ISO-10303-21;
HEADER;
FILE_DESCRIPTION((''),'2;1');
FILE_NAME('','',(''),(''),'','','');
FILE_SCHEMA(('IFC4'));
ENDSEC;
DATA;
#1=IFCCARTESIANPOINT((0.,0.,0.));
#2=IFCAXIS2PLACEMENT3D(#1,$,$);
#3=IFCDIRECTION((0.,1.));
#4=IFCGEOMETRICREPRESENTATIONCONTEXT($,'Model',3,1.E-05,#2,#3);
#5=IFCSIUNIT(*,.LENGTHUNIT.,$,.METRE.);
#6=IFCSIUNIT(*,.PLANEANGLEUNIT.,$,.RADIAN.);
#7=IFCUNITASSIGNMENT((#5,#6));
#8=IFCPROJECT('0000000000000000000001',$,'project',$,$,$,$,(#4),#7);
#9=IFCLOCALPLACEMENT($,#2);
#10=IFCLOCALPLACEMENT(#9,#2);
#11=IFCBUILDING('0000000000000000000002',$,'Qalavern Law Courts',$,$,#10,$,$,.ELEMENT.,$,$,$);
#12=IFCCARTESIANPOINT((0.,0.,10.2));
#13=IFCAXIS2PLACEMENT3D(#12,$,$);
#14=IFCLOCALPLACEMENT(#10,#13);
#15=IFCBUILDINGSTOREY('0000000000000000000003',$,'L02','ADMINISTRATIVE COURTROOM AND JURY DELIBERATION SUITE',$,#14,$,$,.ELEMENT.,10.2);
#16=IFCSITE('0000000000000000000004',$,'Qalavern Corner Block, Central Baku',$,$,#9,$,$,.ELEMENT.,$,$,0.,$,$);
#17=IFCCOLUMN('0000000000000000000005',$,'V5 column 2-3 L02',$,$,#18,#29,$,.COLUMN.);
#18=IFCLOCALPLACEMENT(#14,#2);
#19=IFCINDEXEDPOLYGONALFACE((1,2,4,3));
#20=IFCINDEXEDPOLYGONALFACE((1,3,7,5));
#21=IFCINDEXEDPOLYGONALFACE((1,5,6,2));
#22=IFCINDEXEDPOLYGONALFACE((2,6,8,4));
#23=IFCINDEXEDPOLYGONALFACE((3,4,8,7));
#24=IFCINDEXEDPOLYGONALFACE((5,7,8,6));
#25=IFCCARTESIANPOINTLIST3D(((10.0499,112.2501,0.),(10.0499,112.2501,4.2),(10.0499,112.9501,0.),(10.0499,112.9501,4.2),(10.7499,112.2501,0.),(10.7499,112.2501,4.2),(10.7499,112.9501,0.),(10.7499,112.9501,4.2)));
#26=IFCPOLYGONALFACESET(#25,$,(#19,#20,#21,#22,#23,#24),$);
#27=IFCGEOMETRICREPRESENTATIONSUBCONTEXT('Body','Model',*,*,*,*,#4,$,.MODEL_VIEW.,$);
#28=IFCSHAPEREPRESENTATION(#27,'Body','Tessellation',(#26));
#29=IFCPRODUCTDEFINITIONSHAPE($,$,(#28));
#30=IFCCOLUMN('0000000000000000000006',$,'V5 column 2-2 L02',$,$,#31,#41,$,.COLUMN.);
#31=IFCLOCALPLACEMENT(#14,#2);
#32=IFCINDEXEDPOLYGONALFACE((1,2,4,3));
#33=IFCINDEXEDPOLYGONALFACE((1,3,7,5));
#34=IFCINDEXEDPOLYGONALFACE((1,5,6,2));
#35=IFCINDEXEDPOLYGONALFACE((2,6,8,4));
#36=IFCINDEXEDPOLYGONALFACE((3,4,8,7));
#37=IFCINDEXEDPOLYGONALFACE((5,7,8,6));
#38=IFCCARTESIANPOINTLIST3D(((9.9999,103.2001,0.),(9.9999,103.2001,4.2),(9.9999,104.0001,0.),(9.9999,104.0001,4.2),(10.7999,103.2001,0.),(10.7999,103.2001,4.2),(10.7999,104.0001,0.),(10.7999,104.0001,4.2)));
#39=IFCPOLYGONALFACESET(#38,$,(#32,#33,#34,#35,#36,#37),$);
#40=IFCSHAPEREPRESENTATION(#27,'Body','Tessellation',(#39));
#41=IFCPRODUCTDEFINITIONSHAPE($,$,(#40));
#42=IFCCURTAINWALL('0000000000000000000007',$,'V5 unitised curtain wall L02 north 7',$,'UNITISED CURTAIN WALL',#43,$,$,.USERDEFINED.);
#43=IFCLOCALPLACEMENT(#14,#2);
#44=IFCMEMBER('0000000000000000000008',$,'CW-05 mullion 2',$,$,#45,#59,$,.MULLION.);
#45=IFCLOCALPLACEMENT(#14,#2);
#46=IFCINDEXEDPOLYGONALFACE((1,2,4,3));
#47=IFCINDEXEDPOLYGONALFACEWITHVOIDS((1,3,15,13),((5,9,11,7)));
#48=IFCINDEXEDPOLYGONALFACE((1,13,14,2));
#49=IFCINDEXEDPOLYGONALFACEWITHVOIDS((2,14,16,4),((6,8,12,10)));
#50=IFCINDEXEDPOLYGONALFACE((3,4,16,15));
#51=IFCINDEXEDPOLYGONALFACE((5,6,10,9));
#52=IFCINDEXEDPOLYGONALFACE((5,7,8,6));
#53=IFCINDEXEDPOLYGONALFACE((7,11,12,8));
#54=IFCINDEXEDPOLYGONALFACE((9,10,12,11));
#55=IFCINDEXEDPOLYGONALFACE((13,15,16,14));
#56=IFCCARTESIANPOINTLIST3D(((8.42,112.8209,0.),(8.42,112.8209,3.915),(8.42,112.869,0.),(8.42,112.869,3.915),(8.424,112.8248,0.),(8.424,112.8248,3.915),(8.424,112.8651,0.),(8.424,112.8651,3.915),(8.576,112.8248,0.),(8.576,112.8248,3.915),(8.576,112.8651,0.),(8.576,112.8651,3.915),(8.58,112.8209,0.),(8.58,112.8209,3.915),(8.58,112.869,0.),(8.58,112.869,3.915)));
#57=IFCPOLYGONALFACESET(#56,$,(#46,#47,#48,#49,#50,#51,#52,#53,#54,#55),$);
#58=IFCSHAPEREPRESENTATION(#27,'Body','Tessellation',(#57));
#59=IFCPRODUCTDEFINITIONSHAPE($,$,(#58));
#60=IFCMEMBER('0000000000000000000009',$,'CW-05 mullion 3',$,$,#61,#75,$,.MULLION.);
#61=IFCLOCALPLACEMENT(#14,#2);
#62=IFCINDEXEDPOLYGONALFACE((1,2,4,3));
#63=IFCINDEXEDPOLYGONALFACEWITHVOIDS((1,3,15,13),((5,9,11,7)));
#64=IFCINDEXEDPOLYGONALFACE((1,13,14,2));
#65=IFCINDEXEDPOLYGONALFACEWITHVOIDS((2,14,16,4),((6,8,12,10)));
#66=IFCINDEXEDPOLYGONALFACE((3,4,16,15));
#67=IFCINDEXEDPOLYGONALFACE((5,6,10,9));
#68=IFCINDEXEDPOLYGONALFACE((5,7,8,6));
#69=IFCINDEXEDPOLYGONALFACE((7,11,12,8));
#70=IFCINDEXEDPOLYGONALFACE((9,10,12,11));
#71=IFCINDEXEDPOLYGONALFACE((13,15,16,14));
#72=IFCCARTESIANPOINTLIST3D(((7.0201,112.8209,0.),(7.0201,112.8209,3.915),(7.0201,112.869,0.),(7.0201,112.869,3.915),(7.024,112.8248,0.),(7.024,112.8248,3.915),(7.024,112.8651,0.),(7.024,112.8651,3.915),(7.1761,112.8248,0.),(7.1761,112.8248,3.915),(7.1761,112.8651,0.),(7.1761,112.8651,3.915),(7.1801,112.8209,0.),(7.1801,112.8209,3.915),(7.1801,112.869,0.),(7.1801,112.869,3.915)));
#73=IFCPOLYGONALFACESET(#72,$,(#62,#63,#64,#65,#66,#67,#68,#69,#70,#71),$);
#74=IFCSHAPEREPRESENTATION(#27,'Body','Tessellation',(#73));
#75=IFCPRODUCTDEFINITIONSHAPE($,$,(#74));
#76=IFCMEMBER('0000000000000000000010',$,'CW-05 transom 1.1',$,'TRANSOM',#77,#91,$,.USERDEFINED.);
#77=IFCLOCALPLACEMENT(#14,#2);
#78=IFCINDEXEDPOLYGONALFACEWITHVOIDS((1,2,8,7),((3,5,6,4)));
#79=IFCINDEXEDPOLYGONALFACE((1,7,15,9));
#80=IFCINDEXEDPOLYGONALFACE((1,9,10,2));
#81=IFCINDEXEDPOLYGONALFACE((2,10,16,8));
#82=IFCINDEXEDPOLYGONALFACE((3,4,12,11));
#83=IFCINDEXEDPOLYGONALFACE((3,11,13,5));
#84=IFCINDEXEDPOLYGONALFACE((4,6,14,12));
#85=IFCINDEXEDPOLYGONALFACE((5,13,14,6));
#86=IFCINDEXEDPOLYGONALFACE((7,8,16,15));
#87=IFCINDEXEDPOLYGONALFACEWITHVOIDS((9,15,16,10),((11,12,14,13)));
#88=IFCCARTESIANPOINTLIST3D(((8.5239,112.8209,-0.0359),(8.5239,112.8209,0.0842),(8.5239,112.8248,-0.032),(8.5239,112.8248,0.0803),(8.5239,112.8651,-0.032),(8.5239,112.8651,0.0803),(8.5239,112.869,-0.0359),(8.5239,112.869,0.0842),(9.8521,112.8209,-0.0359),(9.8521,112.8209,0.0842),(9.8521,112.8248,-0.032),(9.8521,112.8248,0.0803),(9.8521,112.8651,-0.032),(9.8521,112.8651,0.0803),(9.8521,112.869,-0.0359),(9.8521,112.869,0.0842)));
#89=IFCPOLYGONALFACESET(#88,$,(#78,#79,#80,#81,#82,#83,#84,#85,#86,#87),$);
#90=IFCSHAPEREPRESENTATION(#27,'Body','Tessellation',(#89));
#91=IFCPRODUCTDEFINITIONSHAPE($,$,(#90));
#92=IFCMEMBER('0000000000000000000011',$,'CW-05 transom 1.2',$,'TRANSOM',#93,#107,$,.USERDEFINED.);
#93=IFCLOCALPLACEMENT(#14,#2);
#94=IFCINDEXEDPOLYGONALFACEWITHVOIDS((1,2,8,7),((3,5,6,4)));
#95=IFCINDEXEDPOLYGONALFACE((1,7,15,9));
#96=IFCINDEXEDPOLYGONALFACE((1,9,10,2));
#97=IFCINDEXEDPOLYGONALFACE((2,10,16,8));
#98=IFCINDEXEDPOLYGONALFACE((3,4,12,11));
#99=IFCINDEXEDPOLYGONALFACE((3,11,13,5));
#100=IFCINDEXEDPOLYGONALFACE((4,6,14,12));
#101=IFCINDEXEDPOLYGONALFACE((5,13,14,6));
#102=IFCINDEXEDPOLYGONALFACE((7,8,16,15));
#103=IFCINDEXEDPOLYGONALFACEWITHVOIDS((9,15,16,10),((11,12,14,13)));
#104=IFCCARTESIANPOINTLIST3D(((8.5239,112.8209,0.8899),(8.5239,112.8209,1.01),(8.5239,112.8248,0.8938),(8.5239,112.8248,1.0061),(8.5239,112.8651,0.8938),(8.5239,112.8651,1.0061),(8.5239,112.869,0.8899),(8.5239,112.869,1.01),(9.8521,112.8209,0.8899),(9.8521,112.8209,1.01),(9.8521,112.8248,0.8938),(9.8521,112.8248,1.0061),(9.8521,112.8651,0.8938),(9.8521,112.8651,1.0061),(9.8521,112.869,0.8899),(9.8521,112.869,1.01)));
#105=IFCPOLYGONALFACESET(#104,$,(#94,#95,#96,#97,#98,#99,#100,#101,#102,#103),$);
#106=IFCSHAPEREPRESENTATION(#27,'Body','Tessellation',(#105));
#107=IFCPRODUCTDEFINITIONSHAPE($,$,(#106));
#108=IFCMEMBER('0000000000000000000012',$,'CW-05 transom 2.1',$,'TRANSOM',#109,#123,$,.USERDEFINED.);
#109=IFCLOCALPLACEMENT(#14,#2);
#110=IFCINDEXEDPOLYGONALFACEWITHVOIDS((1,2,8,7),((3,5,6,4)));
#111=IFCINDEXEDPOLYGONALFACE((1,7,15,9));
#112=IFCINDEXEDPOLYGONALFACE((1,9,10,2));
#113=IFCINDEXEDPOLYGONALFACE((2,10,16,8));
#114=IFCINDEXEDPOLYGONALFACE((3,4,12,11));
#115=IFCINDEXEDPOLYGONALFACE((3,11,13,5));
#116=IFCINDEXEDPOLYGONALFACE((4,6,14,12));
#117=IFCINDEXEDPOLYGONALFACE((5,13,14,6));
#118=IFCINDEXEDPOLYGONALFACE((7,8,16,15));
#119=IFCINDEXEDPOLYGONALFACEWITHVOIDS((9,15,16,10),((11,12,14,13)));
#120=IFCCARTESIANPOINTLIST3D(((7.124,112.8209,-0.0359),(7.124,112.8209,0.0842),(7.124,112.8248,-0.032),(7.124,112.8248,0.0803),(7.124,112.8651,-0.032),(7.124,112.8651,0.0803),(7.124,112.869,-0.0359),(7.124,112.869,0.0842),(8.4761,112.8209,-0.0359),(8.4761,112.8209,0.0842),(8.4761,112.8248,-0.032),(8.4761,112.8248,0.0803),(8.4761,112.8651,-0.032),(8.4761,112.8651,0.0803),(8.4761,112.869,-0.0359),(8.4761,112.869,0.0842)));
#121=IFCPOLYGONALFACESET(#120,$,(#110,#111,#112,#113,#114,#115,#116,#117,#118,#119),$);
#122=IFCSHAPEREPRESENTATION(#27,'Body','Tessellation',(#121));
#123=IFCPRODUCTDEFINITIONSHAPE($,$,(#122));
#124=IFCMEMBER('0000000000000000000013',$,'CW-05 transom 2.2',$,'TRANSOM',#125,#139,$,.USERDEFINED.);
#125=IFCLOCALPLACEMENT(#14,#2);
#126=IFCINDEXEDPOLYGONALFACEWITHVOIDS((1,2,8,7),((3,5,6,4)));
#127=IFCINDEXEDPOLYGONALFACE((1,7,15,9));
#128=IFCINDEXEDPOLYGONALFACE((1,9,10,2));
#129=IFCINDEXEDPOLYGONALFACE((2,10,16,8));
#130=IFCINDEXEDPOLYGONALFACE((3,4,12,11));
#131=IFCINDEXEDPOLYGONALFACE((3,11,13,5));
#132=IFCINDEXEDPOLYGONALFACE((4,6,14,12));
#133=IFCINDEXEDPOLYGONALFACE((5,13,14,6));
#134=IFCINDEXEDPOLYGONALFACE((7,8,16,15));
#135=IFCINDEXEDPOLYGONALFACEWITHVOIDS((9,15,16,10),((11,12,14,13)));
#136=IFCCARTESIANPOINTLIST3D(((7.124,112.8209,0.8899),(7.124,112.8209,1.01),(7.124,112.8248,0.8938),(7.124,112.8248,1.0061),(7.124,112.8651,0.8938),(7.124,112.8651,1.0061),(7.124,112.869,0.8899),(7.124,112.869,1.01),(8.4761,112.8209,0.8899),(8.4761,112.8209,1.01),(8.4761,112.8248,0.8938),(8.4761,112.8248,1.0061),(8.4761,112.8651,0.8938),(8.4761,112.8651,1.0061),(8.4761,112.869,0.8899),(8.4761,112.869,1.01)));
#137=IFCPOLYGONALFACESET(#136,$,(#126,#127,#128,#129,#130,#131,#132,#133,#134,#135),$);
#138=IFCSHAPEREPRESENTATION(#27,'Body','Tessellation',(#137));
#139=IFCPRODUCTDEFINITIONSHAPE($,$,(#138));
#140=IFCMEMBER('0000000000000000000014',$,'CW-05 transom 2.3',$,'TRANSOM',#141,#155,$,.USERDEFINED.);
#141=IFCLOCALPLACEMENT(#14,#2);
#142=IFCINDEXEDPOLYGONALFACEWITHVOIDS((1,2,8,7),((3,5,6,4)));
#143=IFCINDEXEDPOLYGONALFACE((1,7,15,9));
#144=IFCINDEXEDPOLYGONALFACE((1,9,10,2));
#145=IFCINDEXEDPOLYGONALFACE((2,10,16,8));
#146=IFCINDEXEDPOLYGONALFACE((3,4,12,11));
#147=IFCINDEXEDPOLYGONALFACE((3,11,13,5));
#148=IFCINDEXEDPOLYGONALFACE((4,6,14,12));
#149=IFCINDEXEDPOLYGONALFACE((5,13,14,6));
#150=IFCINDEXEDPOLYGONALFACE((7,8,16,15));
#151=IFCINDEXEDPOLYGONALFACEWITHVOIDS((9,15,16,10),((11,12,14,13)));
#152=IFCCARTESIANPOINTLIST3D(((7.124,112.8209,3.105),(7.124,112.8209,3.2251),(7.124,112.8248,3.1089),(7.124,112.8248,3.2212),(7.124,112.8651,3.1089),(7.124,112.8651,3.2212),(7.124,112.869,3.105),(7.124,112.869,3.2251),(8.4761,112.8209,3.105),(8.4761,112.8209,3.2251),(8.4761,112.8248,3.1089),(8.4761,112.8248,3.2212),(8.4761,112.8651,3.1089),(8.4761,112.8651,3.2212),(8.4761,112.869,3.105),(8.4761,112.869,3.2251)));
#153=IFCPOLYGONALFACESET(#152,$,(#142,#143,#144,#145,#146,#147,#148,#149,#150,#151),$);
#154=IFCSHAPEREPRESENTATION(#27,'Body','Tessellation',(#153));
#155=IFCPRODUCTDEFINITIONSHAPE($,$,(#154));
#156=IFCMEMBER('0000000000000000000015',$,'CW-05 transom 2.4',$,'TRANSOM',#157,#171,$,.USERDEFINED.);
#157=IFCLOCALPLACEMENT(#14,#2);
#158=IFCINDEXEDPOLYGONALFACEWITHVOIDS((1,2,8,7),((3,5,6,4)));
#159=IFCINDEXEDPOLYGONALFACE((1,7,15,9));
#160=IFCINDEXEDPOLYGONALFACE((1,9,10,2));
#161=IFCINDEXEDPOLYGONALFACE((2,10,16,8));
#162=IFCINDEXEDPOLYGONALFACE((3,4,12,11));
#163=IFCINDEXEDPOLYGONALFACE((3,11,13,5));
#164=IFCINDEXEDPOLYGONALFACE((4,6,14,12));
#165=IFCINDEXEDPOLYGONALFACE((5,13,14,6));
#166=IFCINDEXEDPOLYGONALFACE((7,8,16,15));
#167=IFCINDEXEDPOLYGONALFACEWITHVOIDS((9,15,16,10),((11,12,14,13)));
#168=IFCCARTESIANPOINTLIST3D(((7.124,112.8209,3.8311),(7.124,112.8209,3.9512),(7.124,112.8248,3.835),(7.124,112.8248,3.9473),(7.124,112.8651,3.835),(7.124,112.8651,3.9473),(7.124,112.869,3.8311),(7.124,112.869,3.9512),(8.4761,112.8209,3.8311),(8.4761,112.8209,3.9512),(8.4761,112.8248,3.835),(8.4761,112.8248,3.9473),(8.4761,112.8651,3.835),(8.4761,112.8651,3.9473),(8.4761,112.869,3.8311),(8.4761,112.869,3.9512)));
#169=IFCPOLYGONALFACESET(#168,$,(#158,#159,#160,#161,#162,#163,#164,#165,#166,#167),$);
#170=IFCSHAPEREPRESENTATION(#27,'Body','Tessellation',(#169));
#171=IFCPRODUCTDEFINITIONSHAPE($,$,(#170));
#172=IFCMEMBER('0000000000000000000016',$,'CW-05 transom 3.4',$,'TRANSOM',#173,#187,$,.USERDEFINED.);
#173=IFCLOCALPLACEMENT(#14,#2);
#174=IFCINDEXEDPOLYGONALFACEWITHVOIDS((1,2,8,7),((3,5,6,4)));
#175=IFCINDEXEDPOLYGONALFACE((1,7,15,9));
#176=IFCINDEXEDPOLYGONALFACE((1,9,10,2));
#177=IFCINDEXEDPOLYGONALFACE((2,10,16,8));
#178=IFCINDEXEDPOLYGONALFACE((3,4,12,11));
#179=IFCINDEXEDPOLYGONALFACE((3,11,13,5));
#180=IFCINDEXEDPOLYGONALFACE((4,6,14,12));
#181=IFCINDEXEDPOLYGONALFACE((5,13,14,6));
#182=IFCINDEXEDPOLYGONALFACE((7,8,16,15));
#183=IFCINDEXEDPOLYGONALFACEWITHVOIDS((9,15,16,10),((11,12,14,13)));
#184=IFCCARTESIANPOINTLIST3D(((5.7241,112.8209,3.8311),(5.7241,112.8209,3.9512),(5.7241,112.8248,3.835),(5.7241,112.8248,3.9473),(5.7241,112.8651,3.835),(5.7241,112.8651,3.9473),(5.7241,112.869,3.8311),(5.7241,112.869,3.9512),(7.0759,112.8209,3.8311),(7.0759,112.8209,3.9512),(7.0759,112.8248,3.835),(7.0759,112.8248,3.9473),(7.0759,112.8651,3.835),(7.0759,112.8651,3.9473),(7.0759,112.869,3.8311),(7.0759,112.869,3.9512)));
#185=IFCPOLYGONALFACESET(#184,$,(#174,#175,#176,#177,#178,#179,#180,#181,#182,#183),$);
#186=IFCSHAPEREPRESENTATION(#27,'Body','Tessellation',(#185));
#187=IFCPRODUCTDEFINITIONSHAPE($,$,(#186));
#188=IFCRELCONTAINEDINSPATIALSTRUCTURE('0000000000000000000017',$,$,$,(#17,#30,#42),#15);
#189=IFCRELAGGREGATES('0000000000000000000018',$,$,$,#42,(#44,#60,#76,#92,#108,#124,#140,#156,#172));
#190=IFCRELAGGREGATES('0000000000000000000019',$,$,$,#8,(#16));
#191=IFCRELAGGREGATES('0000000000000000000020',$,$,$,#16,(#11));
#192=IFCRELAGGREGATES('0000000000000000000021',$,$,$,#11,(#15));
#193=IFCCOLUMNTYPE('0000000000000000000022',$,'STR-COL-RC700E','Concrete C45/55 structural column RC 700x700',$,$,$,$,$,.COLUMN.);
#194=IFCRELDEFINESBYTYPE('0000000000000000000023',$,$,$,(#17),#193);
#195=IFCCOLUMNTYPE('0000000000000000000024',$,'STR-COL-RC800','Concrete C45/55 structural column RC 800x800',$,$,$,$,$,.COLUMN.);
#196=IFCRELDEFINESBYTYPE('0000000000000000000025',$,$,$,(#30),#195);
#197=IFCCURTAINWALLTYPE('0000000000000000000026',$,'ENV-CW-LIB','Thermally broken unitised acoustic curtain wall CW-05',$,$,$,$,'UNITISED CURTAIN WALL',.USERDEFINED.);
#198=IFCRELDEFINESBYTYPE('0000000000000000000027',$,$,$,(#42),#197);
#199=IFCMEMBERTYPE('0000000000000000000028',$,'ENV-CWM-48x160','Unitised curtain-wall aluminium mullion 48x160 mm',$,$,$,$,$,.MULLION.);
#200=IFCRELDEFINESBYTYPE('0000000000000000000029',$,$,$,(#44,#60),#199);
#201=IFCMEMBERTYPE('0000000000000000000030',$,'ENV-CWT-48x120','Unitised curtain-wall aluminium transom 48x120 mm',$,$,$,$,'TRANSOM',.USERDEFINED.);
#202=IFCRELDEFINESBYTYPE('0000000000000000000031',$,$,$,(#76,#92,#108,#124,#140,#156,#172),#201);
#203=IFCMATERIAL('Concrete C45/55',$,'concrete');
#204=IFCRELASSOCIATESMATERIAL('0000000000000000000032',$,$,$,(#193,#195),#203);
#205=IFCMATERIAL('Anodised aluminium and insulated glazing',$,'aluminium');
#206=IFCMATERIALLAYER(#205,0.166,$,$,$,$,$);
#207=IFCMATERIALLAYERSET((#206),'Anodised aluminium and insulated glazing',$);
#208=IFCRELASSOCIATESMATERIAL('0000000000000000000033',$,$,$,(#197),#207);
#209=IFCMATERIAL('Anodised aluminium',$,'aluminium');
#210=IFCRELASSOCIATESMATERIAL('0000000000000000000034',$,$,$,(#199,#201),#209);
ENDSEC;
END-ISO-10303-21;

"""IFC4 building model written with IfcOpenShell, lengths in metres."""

from ifc_helpers import new_model, si_unit, direction, frame, origin, origin_2d, place, context, subcontext, project, spatial, rectangle, hollow_rectangle, extrude, material, layer, layer_set, material_profile, profile_set, type_object, element, aggregate, save


model = new_model("IFC4")

# Units and contexts
model_context = context("Model", 3, precision=1e-05, world=origin(), true_north=direction((0.0, 1.0)))
body_context = subcontext(model_context, "Body", "Model", "MODEL_VIEW")
ifc_project = project(units=[si_unit("LENGTHUNIT", "METRE"), si_unit("PLANEANGLEUNIT", "RADIAN")], contexts=[model_context])

# Site, building, storey
site_placement = place(None, origin())
site = spatial("IfcSite", under=ifc_project, at=site_placement, Name="Qalavern Corner Block, Central Baku", CompositionType="ELEMENT", RefElevation=0.0)
building_placement = place(site_placement, origin())
building = spatial("IfcBuilding", under=site, at=building_placement, Name="Qalavern Law Courts", CompositionType="ELEMENT")
storey_placement = place(building_placement, frame((0.0, 0.0, 10.2)))
storey = spatial("IfcBuildingStorey", under=building, at=storey_placement, Name="L02", Description="ADMINISTRATIVE COURTROOM AND JURY DELIBERATION SUITE", CompositionType="ELEMENT", Elevation=10.2)

# Columns
ifc_material_1 = material(Name="Concrete C45/55", Category="concrete")
ifc_material_profile_1 = material_profile(ifc_material_1, rectangle(XDim=0.7, YDim=0.7, at=origin_2d()), Name="RC 700x700")
ifc_profile_set_1 = profile_set([ifc_material_profile_1], Name="Concrete C45/55")
column_type_1 = type_object("IfcColumnType", Name="STR-COL-RC700E", Description="Concrete C45/55 structural column RC 700x700", PredefinedType="COLUMN", material=ifc_profile_set_1)
column_1_placement = place(storey_placement, frame((10.3999, 112.6001, 0.0), z_axis=(0.0, 0.0, 1.0), x_axis=(1.0, 0.0, 0.0)))
element("IfcColumn", 1, at=column_1_placement, inside=storey, type_object=column_type_1, Name="V5 column 2-3 L02", PredefinedType="COLUMN", context=body_context, shape_type="SweptSolid", body=[
    extrude(rectangle(XDim=0.7, YDim=0.7, at=origin_2d()), origin(), (0.0, 0.0, 1.0), 4.2),
])
ifc_material_profile_2 = material_profile(ifc_material_1, rectangle(XDim=0.8, YDim=0.8, at=origin_2d()), Name="RC 800x800")
ifc_profile_set_2 = profile_set([ifc_material_profile_2], Name="Concrete C45/55")
column_type_2 = type_object("IfcColumnType", Name="STR-COL-RC800", Description="Concrete C45/55 structural column RC 800x800", PredefinedType="COLUMN", material=ifc_profile_set_2)
column_2_placement = place(storey_placement, frame((10.3999, 103.6001, 0.0), z_axis=(0.0, 0.0, 1.0), x_axis=(1.0, 0.0, 0.0)))
element("IfcColumn", 2, at=column_2_placement, inside=storey, type_object=column_type_2, Name="V5 column 2-2 L02", PredefinedType="COLUMN", context=body_context, shape_type="SweptSolid", body=[
    extrude(rectangle(XDim=0.8, YDim=0.8, at=origin_2d()), origin(), (0.0, 0.0, 1.0), 4.2),
])

# Curtain wall, members
ifc_material_2 = material(Name="Anodised aluminium and insulated glazing", Category="aluminium")
ifc_layer_1 = layer(ifc_material_2, 0.166)
ifc_layer_set_1 = layer_set([ifc_layer_1], Name="Anodised aluminium and insulated glazing")
curtain_wall_type = type_object("IfcCurtainWallType", Name="ENV-CW-LIB", Description="Thermally broken unitised acoustic curtain wall CW-05", ElementType="UNITISED CURTAIN WALL", PredefinedType="USERDEFINED", material=ifc_layer_set_1)
curtain_wall_placement = place(storey_placement, origin())
curtain_wall = element("IfcCurtainWall", 3, at=curtain_wall_placement, inside=storey, type_object=curtain_wall_type, Name="V5 unitised curtain wall L02 north 7", ObjectType="UNITISED CURTAIN WALL", PredefinedType="USERDEFINED")
ifc_material_3 = material(Name="Anodised aluminium", Category="aluminium")
ifc_material_profile_3 = material_profile(ifc_material_3, hollow_rectangle(XDim=0.0481, YDim=0.1599, WallThickness=0.0039, at=origin_2d()), Name="ALU MULLION 48x160")
ifc_profile_set_3 = profile_set([ifc_material_profile_3], Name="Anodised aluminium")
member_type_1 = type_object("IfcMemberType", Name="ENV-CWM-48x160", Description="Unitised curtain-wall aluminium mullion 48x160 mm", PredefinedType="MULLION", material=ifc_profile_set_3)
member_1_placement = place(storey_placement, frame((8.5, 112.845, 0.0), z_axis=(0.0, 0.0, 1.0), x_axis=(0.0, -1.0, 0.0)))
member_1 = element("IfcMember", 4, at=member_1_placement, type_object=member_type_1, Name="CW-05 mullion 2", PredefinedType="MULLION", context=body_context, shape_type="SweptSolid", body=[
    extrude(hollow_rectangle(XDim=0.0481, YDim=0.1599, WallThickness=0.0039, at=origin_2d()), origin(), (0.0, 0.0, 1.0), 3.915),
])
member_2_placement = place(storey_placement, frame((7.1001, 112.845, 0.0), z_axis=(0.0, 0.0, 1.0), x_axis=(0.0, -1.0, 0.0)))
member_2 = element("IfcMember", 5, at=member_2_placement, type_object=member_type_1, Name="CW-05 mullion 3", PredefinedType="MULLION", context=body_context, shape_type="SweptSolid", body=[
    extrude(hollow_rectangle(XDim=0.0481, YDim=0.1599, WallThickness=0.0039, at=origin_2d()), origin(), (0.0, 0.0, 1.0), 3.915),
])
ifc_material_profile_4 = material_profile(ifc_material_3, hollow_rectangle(XDim=0.0481, YDim=0.1201, WallThickness=0.0039, at=origin_2d()), Name="ALU TRANSOM 48x120")
ifc_profile_set_4 = profile_set([ifc_material_profile_4], Name="Anodised aluminium")
member_type_2 = type_object("IfcMemberType", Name="ENV-CWT-48x120", Description="Unitised curtain-wall aluminium transom 48x120 mm", ElementType="TRANSOM", PredefinedType="USERDEFINED", material=ifc_profile_set_4)
member_3_placement = place(storey_placement, frame((9.8521, 112.845, 0.0242), z_axis=(-1.0, 0.0, 0.0), x_axis=(0.0, -1.0, 0.0)))
member_3 = element("IfcMember", 6, at=member_3_placement, type_object=member_type_2, Name="CW-05 transom 1.1", ObjectType="TRANSOM", PredefinedType="USERDEFINED", context=body_context, shape_type="SweptSolid", body=[
    extrude(hollow_rectangle(XDim=0.0481, YDim=0.1201, WallThickness=0.0039, at=origin_2d()), origin(), (0.0, 0.0, 1.0), 1.3281),
])
member_4_placement = place(storey_placement, frame((9.8521, 112.845, 0.95), z_axis=(-1.0, 0.0, 0.0), x_axis=(0.0, -1.0, 0.0)))
member_4 = element("IfcMember", 7, at=member_4_placement, type_object=member_type_2, Name="CW-05 transom 1.2", ObjectType="TRANSOM", PredefinedType="USERDEFINED", context=body_context, shape_type="SweptSolid", body=[
    extrude(hollow_rectangle(XDim=0.0481, YDim=0.1201, WallThickness=0.0039, at=origin_2d()), origin(), (0.0, 0.0, 1.0), 1.3281),
])
member_5_placement = place(storey_placement, frame((8.4761, 112.845, 0.0242), z_axis=(-1.0, 0.0, 0.0), x_axis=(0.0, -1.0, 0.0)))
member_5 = element("IfcMember", 8, at=member_5_placement, type_object=member_type_2, Name="CW-05 transom 2.1", ObjectType="TRANSOM", PredefinedType="USERDEFINED", context=body_context, shape_type="SweptSolid", body=[
    extrude(hollow_rectangle(XDim=0.0481, YDim=0.1201, WallThickness=0.0039, at=origin_2d()), origin(), (0.0, 0.0, 1.0), 1.3521),
])
member_6_placement = place(storey_placement, frame((8.4761, 112.845, 0.95), z_axis=(-1.0, 0.0, 0.0), x_axis=(0.0, -1.0, 0.0)))
member_6 = element("IfcMember", 9, at=member_6_placement, type_object=member_type_2, Name="CW-05 transom 2.2", ObjectType="TRANSOM", PredefinedType="USERDEFINED", context=body_context, shape_type="SweptSolid", body=[
    extrude(hollow_rectangle(XDim=0.0481, YDim=0.1201, WallThickness=0.0039, at=origin_2d()), origin(), (0.0, 0.0, 1.0), 1.3521),
])
member_7_placement = place(storey_placement, frame((8.4761, 112.845, 3.165), z_axis=(-1.0, 0.0, 0.0), x_axis=(0.0, -1.0, 0.0)))
member_7 = element("IfcMember", 10, at=member_7_placement, type_object=member_type_2, Name="CW-05 transom 2.3", ObjectType="TRANSOM", PredefinedType="USERDEFINED", context=body_context, shape_type="SweptSolid", body=[
    extrude(hollow_rectangle(XDim=0.0481, YDim=0.1201, WallThickness=0.0039, at=origin_2d()), origin(), (0.0, 0.0, 1.0), 1.3521),
])
member_8_placement = place(storey_placement, frame((8.4761, 112.845, 3.8911), z_axis=(-1.0, 0.0, 0.0), x_axis=(0.0, -1.0, 0.0)))
member_8 = element("IfcMember", 11, at=member_8_placement, type_object=member_type_2, Name="CW-05 transom 2.4", ObjectType="TRANSOM", PredefinedType="USERDEFINED", context=body_context, shape_type="SweptSolid", body=[
    extrude(hollow_rectangle(XDim=0.0481, YDim=0.1201, WallThickness=0.0039, at=origin_2d()), origin(), (0.0, 0.0, 1.0), 1.3521),
])
member_9_placement = place(storey_placement, frame((7.0759, 112.845, 3.8911), z_axis=(-1.0, 0.0, 0.0), x_axis=(0.0, -1.0, 0.0)))
member_9 = element("IfcMember", 12, at=member_9_placement, type_object=member_type_2, Name="CW-05 transom 3.4", ObjectType="TRANSOM", PredefinedType="USERDEFINED", context=body_context, shape_type="SweptSolid", body=[
    extrude(hollow_rectangle(XDim=0.0481, YDim=0.1201, WallThickness=0.0039, at=origin_2d()), origin(), (0.0, 0.0, 1.0), 1.3518),
])

aggregate(curtain_wall, [member_1, member_2, member_3, member_4, member_5, member_6, member_7, member_8, member_9])

save(model, "model.ifc")
